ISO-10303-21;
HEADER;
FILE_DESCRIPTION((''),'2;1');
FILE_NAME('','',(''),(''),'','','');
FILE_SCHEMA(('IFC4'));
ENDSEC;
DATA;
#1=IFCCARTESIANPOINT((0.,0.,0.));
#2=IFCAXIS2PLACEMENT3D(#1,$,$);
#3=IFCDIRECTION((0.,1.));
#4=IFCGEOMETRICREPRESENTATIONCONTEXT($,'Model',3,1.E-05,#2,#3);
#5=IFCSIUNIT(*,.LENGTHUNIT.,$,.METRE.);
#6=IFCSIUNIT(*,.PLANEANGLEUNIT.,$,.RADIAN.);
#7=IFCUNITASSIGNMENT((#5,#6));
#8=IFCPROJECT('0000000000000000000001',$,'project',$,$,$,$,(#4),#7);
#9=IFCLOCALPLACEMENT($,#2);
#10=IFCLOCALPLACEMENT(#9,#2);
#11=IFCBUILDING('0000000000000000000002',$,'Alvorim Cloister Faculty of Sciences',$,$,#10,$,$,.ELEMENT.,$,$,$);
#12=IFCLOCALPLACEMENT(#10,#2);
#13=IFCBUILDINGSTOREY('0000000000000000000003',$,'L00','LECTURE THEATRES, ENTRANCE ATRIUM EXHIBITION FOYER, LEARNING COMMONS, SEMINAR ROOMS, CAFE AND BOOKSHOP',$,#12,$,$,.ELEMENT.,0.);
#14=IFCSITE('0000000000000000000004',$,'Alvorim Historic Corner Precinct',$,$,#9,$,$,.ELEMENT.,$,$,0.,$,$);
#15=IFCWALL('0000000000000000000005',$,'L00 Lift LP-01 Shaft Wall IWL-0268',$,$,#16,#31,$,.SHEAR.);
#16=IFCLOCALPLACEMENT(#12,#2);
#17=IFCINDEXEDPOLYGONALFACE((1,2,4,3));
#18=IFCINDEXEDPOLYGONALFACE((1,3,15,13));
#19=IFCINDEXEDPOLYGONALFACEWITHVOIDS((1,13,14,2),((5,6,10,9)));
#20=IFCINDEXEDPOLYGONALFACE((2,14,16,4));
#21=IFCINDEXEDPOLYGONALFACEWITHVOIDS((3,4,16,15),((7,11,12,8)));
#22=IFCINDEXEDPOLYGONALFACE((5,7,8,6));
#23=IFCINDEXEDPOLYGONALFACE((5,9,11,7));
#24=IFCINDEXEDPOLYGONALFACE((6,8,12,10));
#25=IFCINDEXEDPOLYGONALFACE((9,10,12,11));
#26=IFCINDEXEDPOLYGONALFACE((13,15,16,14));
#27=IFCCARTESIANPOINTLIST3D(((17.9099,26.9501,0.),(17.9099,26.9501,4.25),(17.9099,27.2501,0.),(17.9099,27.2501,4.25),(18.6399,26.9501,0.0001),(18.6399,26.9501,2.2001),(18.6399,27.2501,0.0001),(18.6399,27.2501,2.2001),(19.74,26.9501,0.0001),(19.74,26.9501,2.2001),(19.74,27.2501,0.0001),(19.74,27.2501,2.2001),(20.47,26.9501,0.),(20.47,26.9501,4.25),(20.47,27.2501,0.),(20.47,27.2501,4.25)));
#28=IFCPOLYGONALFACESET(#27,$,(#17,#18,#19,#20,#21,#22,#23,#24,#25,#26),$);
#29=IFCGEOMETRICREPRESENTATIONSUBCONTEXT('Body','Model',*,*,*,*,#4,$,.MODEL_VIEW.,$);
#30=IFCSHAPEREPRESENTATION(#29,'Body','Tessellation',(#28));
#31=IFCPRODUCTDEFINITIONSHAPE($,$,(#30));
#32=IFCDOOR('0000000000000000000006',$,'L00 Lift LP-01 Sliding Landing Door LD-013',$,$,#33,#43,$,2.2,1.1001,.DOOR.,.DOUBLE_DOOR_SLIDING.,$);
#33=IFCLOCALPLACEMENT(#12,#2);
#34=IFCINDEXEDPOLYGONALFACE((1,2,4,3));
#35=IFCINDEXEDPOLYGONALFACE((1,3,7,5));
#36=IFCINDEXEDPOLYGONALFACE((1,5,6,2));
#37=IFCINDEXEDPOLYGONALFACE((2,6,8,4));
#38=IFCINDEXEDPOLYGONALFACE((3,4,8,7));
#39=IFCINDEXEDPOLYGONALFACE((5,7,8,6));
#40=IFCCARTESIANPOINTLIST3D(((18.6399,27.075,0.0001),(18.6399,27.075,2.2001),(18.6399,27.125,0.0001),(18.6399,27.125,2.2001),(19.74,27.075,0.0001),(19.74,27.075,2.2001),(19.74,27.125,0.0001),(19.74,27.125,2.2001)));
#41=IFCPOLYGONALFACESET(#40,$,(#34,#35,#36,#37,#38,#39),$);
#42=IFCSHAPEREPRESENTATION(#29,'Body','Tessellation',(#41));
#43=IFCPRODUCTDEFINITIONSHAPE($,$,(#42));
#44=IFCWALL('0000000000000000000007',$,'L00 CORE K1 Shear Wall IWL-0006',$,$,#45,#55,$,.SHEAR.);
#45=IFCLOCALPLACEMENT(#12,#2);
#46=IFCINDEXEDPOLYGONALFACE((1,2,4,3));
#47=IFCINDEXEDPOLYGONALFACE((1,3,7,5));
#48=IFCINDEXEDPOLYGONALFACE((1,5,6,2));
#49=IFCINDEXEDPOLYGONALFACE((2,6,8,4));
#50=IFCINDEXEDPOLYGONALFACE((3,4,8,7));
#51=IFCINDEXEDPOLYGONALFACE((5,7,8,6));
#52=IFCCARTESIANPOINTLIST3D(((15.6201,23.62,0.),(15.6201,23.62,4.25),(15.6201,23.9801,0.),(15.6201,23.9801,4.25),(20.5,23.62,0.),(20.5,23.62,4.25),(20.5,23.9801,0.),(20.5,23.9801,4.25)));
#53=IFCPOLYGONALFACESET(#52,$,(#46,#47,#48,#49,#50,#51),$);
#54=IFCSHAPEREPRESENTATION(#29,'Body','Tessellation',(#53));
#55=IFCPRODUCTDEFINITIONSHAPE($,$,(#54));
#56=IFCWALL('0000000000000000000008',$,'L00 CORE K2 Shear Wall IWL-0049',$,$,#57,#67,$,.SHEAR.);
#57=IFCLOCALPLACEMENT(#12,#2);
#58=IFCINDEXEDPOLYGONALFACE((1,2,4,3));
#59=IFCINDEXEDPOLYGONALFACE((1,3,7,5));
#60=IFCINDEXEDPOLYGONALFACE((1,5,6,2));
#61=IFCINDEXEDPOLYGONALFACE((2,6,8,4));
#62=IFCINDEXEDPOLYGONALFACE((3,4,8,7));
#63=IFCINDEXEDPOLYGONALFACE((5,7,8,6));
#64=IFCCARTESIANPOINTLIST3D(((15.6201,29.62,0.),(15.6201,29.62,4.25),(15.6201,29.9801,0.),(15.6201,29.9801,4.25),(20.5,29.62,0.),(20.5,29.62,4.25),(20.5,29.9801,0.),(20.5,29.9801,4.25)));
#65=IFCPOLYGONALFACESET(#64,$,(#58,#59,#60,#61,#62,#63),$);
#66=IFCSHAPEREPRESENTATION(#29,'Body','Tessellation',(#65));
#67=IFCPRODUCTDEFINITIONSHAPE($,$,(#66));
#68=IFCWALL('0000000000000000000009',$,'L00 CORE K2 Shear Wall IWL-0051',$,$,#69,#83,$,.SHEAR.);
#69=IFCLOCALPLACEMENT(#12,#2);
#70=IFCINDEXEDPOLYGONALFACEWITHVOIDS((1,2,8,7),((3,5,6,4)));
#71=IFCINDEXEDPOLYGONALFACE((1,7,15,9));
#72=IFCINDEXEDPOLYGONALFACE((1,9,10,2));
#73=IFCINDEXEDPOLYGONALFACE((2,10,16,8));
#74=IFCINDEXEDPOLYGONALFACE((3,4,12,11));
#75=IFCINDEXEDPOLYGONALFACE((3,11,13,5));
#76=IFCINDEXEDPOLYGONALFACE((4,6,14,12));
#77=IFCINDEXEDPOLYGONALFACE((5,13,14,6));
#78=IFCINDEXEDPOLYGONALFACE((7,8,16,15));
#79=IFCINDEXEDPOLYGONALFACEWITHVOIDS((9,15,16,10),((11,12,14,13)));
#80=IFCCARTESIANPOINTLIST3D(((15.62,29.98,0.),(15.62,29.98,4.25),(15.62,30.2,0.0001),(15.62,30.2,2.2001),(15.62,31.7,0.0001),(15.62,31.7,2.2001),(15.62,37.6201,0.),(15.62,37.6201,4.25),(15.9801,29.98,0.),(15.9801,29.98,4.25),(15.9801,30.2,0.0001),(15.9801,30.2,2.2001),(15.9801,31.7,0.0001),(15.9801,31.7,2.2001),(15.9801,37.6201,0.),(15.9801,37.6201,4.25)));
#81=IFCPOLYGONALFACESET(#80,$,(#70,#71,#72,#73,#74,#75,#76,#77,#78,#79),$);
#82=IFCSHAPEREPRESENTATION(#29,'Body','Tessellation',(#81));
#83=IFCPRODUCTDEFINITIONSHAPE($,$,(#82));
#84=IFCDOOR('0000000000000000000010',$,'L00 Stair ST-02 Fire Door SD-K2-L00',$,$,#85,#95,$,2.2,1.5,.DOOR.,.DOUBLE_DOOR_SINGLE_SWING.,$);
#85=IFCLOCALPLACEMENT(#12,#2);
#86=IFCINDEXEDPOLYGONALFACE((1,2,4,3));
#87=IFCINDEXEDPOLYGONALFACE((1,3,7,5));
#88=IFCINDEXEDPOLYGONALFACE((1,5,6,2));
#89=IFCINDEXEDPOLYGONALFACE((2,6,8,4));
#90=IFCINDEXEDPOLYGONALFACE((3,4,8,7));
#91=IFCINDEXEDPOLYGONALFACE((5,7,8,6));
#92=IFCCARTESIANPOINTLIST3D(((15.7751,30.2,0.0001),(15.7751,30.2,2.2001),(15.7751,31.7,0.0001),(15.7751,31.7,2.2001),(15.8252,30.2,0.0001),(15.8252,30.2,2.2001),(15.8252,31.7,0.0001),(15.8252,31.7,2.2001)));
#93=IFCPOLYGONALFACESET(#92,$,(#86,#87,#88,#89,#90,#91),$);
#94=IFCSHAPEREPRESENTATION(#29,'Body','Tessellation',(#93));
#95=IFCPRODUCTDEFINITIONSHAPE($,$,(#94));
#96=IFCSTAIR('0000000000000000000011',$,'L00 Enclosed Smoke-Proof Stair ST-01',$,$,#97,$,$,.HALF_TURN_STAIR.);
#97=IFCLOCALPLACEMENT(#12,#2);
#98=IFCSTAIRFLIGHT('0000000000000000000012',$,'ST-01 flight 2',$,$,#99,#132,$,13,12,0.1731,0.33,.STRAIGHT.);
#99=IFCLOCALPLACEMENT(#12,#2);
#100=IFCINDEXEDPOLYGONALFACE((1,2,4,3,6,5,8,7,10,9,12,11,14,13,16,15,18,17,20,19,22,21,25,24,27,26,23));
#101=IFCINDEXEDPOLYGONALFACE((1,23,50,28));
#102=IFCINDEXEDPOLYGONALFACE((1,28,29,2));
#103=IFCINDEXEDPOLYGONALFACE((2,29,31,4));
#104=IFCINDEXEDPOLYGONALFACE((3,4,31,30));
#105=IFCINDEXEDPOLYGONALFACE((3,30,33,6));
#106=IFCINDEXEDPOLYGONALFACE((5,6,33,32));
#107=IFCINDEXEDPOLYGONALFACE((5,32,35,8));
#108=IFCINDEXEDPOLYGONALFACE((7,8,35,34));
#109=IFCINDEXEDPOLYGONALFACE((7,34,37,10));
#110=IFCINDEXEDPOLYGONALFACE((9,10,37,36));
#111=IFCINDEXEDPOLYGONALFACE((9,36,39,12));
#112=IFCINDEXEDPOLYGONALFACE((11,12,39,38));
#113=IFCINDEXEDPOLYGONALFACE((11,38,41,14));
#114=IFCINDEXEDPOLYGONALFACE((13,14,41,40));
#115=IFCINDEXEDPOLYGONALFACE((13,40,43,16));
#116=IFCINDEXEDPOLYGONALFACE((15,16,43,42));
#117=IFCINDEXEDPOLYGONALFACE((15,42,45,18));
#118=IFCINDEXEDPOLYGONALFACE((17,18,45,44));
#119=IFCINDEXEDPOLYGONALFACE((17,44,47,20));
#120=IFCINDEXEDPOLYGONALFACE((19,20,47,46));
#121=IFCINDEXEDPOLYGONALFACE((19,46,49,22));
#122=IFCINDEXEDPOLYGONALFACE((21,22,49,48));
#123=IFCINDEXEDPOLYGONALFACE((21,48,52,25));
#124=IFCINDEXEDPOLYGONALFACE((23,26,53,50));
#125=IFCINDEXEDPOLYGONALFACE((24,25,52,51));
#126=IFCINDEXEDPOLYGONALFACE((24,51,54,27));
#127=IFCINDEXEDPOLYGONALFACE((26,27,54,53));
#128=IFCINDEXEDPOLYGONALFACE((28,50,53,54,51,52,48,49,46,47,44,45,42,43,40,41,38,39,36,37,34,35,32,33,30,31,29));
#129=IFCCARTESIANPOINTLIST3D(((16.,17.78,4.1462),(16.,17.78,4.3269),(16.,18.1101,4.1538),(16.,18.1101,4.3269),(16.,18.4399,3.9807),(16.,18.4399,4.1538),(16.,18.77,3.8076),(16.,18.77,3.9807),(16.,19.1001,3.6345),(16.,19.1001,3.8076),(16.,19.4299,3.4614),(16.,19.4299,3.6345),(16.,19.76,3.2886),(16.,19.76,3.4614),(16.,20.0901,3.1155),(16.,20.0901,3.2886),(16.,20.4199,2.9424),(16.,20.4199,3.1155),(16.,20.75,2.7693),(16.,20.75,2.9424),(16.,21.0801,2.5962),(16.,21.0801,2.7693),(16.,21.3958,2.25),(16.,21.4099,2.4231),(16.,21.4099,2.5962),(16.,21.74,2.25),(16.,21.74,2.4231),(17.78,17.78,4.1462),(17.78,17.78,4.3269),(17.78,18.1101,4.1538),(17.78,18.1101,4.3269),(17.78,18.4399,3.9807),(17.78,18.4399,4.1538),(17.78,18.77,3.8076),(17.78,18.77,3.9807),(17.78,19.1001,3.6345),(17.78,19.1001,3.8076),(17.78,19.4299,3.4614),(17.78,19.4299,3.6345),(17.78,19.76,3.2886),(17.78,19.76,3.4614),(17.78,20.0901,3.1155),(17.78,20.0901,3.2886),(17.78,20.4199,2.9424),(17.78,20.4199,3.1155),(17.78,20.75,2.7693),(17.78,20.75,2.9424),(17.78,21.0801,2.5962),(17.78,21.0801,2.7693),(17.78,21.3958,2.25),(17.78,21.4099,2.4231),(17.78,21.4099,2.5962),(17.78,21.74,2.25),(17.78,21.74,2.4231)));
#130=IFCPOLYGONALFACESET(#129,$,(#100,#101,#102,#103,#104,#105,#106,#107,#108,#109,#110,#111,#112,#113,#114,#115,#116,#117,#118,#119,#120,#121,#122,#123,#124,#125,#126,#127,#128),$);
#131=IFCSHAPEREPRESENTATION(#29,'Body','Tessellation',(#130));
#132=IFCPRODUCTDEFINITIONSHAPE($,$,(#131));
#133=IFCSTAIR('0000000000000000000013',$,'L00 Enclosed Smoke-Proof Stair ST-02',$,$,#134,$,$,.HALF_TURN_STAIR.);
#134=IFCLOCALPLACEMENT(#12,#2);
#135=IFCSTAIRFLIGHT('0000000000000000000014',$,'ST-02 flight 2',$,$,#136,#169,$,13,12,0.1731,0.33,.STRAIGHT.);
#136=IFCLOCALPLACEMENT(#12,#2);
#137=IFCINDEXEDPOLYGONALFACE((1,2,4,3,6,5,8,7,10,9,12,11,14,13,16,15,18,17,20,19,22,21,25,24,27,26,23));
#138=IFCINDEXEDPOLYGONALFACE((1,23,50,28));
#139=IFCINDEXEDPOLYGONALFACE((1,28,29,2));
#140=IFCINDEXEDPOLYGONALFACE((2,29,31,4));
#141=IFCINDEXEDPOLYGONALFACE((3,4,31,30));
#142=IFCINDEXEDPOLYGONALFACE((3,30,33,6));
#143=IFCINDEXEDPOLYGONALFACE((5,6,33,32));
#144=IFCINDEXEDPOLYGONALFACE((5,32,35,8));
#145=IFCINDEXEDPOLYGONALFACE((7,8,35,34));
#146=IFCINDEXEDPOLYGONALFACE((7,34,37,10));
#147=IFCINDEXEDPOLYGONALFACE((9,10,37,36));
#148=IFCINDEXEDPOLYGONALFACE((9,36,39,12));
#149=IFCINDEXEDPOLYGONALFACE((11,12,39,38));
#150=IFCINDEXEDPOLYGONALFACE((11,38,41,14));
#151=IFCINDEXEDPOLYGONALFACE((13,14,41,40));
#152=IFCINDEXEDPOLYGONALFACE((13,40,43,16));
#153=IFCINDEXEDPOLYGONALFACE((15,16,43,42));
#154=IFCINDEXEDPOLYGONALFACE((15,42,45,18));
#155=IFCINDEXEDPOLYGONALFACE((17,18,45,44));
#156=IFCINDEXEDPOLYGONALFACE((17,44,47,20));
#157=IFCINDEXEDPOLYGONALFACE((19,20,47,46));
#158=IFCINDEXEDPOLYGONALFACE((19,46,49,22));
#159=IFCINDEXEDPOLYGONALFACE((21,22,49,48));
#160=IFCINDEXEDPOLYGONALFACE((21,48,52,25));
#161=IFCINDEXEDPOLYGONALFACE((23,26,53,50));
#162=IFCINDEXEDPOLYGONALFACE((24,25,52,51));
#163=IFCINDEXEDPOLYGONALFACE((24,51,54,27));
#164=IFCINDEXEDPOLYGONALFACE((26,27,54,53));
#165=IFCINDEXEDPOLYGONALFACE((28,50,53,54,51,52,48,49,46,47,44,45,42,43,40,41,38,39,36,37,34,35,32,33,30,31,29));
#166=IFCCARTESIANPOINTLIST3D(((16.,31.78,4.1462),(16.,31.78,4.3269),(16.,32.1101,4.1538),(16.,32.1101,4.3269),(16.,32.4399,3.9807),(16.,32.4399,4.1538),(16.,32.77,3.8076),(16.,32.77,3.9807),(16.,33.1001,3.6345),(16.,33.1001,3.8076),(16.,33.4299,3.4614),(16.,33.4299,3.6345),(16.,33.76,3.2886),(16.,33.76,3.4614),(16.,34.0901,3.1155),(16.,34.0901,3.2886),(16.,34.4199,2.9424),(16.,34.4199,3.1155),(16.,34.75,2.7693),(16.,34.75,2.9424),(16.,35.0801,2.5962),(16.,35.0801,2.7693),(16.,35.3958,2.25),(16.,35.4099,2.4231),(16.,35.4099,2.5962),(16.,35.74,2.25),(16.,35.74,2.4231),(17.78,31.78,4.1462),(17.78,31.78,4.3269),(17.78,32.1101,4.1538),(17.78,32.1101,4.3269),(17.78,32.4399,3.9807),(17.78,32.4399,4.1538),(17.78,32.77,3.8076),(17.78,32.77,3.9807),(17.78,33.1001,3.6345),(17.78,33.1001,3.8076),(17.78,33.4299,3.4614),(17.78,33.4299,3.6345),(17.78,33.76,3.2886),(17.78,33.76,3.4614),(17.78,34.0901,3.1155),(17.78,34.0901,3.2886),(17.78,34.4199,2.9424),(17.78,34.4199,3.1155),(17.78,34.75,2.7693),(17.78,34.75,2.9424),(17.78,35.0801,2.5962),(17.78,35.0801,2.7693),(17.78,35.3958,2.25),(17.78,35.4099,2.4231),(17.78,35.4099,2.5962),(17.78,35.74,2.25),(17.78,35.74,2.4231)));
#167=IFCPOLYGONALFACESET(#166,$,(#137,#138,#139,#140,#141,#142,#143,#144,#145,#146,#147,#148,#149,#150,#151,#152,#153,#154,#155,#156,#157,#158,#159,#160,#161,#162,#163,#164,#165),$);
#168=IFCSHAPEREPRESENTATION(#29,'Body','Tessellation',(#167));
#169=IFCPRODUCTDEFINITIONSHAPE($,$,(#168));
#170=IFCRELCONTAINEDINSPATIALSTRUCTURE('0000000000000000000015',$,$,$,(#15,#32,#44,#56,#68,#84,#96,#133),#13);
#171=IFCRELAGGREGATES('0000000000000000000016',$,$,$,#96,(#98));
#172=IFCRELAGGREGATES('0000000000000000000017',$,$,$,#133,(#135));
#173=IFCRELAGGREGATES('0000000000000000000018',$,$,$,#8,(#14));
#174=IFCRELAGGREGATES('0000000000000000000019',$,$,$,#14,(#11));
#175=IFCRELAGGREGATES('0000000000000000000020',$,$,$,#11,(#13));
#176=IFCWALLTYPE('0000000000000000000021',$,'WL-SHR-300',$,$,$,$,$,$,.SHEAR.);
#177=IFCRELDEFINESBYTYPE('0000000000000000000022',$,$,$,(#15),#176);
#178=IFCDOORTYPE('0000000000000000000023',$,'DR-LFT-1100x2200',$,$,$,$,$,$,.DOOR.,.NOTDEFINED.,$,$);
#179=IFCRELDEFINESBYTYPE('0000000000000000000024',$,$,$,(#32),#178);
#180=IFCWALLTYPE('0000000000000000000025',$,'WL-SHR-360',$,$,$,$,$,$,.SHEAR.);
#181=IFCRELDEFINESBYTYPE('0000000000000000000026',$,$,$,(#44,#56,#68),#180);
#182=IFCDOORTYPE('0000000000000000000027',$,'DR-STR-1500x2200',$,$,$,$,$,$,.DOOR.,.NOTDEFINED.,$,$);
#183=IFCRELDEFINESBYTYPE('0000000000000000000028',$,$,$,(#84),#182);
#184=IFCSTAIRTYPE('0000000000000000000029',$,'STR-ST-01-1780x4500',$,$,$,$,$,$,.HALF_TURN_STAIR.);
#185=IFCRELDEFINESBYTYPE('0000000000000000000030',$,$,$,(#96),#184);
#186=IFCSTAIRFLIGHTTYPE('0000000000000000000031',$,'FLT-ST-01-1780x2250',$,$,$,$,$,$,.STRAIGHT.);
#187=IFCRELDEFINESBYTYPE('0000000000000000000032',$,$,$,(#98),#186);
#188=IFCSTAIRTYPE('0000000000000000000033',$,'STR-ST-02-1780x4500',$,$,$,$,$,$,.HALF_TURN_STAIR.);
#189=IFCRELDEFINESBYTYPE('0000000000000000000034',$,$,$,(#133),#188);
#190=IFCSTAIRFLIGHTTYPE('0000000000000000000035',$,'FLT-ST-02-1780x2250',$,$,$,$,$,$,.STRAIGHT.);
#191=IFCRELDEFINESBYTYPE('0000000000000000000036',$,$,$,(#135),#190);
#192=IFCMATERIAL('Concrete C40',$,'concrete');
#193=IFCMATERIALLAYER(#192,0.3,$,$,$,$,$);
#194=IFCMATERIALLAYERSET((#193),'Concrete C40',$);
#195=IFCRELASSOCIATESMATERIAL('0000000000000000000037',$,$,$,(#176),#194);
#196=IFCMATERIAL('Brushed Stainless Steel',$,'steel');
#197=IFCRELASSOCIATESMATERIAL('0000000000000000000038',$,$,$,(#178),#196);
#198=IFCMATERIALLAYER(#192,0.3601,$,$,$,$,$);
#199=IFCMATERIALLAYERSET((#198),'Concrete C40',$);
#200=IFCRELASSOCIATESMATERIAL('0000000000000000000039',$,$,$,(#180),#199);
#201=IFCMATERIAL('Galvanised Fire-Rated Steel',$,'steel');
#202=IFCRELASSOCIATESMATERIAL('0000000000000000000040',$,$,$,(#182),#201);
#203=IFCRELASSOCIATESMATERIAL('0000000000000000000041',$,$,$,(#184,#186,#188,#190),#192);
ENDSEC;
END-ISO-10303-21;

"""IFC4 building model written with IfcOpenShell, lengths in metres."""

from ifc_helpers import new_model, si_unit, direction, frame, frame_2d, origin, place, context, subcontext, project, spatial, polyline, rectangle, outline, extrude, material, layer, layer_set, type_object, element, fill, aggregate, save


model = new_model("IFC4")

# Units and contexts
model_context = context("Model", 3, precision=1e-05, world=origin(), true_north=direction((0.0, 1.0)))
body_context = subcontext(model_context, "Body", "Model", "MODEL_VIEW")
ifc_project = project(units=[si_unit("LENGTHUNIT", "METRE"), si_unit("PLANEANGLEUNIT", "RADIAN")], contexts=[model_context])

# Site, building, storey
site_placement = place(None, origin())
site = spatial("IfcSite", under=ifc_project, at=site_placement, Name="Alvorim Historic Corner Precinct", CompositionType="ELEMENT", RefElevation=0.0)
building_placement = place(site_placement, origin())
building = spatial("IfcBuilding", under=site, at=building_placement, Name="Alvorim Cloister Faculty of Sciences", CompositionType="ELEMENT")
storey_placement = place(building_placement, origin())
storey = spatial("IfcBuildingStorey", under=building, at=storey_placement, Name="L00", Description="LECTURE THEATRES, ENTRANCE ATRIUM EXHIBITION FOYER, LEARNING COMMONS, SEMINAR ROOMS, CAFE AND BOOKSHOP", CompositionType="ELEMENT", Elevation=0.0)

# Shared definitions
ifc_material_1 = material(Name="Concrete C40", Category="concrete")

# Shared definitions
ifc_layer_1 = layer(ifc_material_1, 0.3)
ifc_layer_set_1 = layer_set([ifc_layer_1], Name="Concrete C40")
wall_type_1 = type_object("IfcWallType", Name="WL-SHR-300", PredefinedType="SHEAR", material=ifc_layer_set_1)

# Shared definitions
ifc_material_2 = material(Name="Brushed Stainless Steel", Category="steel")

# Wall, opening, door
wall_1_placement = place(storey_placement, frame((17.9099, 27.1001, 0.0), z_axis=(0.0, 0.0, 1.0), x_axis=(1.0, 0.0, 0.0)))
wall_1 = element("IfcWall", 1, at=wall_1_placement, inside=storey, type_object=wall_type_1, Name="L00 Lift LP-01 Shaft Wall IWL-0268", PredefinedType="SHEAR", context=body_context, shape_type="SweptSolid", body=[
    extrude(rectangle(XDim=2.5601, YDim=0.3, at=frame_2d((1.28, 0.0))), origin(), (0.0, 0.0, 1.0), 4.25),
])
opening_1_placement = place(wall_1_placement, frame((0.73, 0.0, 0.0)))
opening_1 = element("IfcOpeningElement", 2, at=opening_1_placement, cuts=wall_1, PredefinedType="OPENING", context=body_context, shape_type="SweptSolid", body=[
    extrude(rectangle(XDim=1.1001, YDim=2.2, at=frame_2d((0.55, 1.1001))), frame((0.0, 0.1621, 0.0), z_axis=(0.0, -1.0, 0.0), x_axis=(1.0, 0.0, 0.0)), (0.0, 0.0, 1.0), 0.324),
])
door_type_1 = type_object("IfcDoorType", Name="DR-LFT-1100x2200", OperationType="NOTDEFINED", PredefinedType="DOOR", material=ifc_material_2)
door_1_placement = place(opening_1_placement, origin())
door_1 = element("IfcDoor", 3, at=door_1_placement, inside=storey, type_object=door_type_1, Name="L00 Lift LP-01 Sliding Landing Door LD-013", OperationType="DOUBLE_DOOR_SLIDING", OverallHeight=2.2, OverallWidth=1.1001, PredefinedType="DOOR", context=body_context, shape_type="SweptSolid", body=[
    extrude(rectangle(XDim=1.1001, YDim=2.2, at=frame_2d((0.55, 1.1001))), frame((0.0, 0.0249, 0.0), z_axis=(0.0, -1.0, 0.0), x_axis=(1.0, 0.0, 0.0)), (0.0, 0.0, 1.0), 0.05),
])
fill(opening_1, door_1)

# Walls
ifc_layer_2 = layer(ifc_material_1, 0.3601)
ifc_layer_set_2 = layer_set([ifc_layer_2], Name="Concrete C40")
wall_type_2 = type_object("IfcWallType", Name="WL-SHR-360", PredefinedType="SHEAR", material=ifc_layer_set_2)
for number, where, z_axis, x_axis, name in (
    (4, (15.6201, 23.8, 0.0), (0.0, 0.0, 1.0), (1.0, 0.0, 0.0), "L00 CORE K1 Shear Wall IWL-0006"),
    (5, (15.6201, 29.8, 0.0), (0.0, 0.0, 1.0), (1.0, 0.0, 0.0), "L00 CORE K2 Shear Wall IWL-0049"),
):
    element("IfcWall", number, at=place(storey_placement, frame(where, z_axis=z_axis, x_axis=x_axis)), inside=storey, type_object=wall_type_2, Name=name, PredefinedType="SHEAR", context=body_context, shape_type="SweptSolid", body=[
        extrude(rectangle(XDim=4.8799, YDim=0.3601, at=frame_2d((2.4399, 0.0))), origin(), (0.0, 0.0, 1.0), 4.25),
    ])

# Wall, opening, door
wall_2_placement = place(storey_placement, frame((15.8, 29.98, 0.0), z_axis=(0.0, 0.0, 1.0), x_axis=(0.0, 1.0, 0.0)))
wall_2 = element("IfcWall", 6, at=wall_2_placement, inside=storey, type_object=wall_type_2, Name="L00 CORE K2 Shear Wall IWL-0051", PredefinedType="SHEAR", context=body_context, shape_type="SweptSolid", body=[
    extrude(rectangle(XDim=7.6401, YDim=0.3601, at=frame_2d((3.8201, 0.0))), origin(), (0.0, 0.0, 1.0), 4.25),
])
opening_2_placement = place(wall_2_placement, frame((0.22, 0.0, 0.0)))
opening_2 = element("IfcOpeningElement", 7, at=opening_2_placement, cuts=wall_2, PredefinedType="OPENING", context=body_context, shape_type="SweptSolid", body=[
    extrude(rectangle(XDim=1.5, YDim=2.2, at=frame_2d((0.75, 1.1001))), frame((0.0, 0.1919, 0.0), z_axis=(0.0, -1.0, 0.0), x_axis=(1.0, 0.0, 0.0)), (0.0, 0.0, 1.0), 0.384),
])
ifc_material_3 = material(Name="Galvanised Fire-Rated Steel", Category="steel")
door_type_2 = type_object("IfcDoorType", Name="DR-STR-1500x2200", OperationType="NOTDEFINED", PredefinedType="DOOR", material=ifc_material_3)
door_2_placement = place(opening_2_placement, origin())
door_2 = element("IfcDoor", 8, at=door_2_placement, inside=storey, type_object=door_type_2, Name="L00 Stair ST-02 Fire Door SD-K2-L00", OperationType="DOUBLE_DOOR_SINGLE_SWING", OverallHeight=2.2, OverallWidth=1.5, PredefinedType="DOOR", context=body_context, shape_type="SweptSolid", body=[
    extrude(rectangle(XDim=1.5, YDim=2.2, at=frame_2d((0.75, 1.1001))), frame((0.0, 0.0249, 0.0), z_axis=(0.0, -1.0, 0.0), x_axis=(1.0, 0.0, 0.0)), (0.0, 0.0, 1.0), 0.05),
])
fill(opening_2, door_2)

# Stairs, stair flights
stair_type_1 = type_object("IfcStairType", Name="STR-ST-01-1780x4500", PredefinedType="HALF_TURN_STAIR", material=ifc_material_1)
stair_1_placement = place(storey_placement, origin())
stair_1 = element("IfcStair", 9, at=stair_1_placement, inside=storey, type_object=stair_type_1, Name="L00 Enclosed Smoke-Proof Stair ST-01", PredefinedType="HALF_TURN_STAIR")
stair_flight_type_1 = type_object("IfcStairFlightType", Name="FLT-ST-01-1780x2250", PredefinedType="STRAIGHT", material=ifc_material_1)
stair_flight_1_placement = place(storey_placement, frame((16.8899, 21.74, 2.25), z_axis=(0.0, 0.0, 1.0), x_axis=(0.0, -1.0, 0.0)))
stair_flight_1 = element("IfcStairFlight", 10, at=stair_flight_1_placement, type_object=stair_flight_type_1, Name="ST-01 flight 2", NumberOfRisers=13, NumberOfTreads=12, PredefinedType="STRAIGHT", RiserHeight=0.1731, TreadLength=0.33, context=body_context, shape_type="SweptSolid", body=[
    extrude(outline(polyline([(0.3442, 0.0), (3.96, 1.8962), (3.96, 2.25), (3.96, 2.0769), (3.6299, 2.0769), (3.6299, 1.9038), (3.3, 1.9038), (3.3, 1.7307), (2.97, 1.7307), (2.97, 1.5576), (2.6399, 1.5576), (2.6399, 1.3845), (2.3101, 1.3845), (2.3101, 1.2114), (1.98, 1.2114), (1.98, 1.0386), (1.6499, 1.0386), (1.6499, 0.8655), (1.3201, 0.8655), (1.3201, 0.6924), (0.99, 0.6924), (0.99, 0.5193), (0.6599, 0.5193), (0.6599, 0.3462), (0.3301, 0.3462), (0.3301, 0.1731), (0.0, 0.1731), (0.0, 0.0), (0.3442, 0.0)])), frame((0.0, 0.8901, 0.0), z_axis=(0.0, -1.0, 0.0), x_axis=(1.0, 0.0, 0.0)), (0.0, 0.0, 1.0), 1.78),
])
aggregate(stair_1, [stair_flight_1])
stair_type_2 = type_object("IfcStairType", Name="STR-ST-02-1780x4500", PredefinedType="HALF_TURN_STAIR", material=ifc_material_1)
stair_2_placement = place(storey_placement, origin())
stair_2 = element("IfcStair", 11, at=stair_2_placement, inside=storey, type_object=stair_type_2, Name="L00 Enclosed Smoke-Proof Stair ST-02", PredefinedType="HALF_TURN_STAIR")
stair_flight_type_2 = type_object("IfcStairFlightType", Name="FLT-ST-02-1780x2250", PredefinedType="STRAIGHT", material=ifc_material_1)
stair_flight_2_placement = place(storey_placement, frame((16.8899, 35.74, 2.25), z_axis=(0.0, 0.0, 1.0), x_axis=(0.0, -1.0, 0.0)))
stair_flight_2 = element("IfcStairFlight", 12, at=stair_flight_2_placement, type_object=stair_flight_type_2, Name="ST-02 flight 2", NumberOfRisers=13, NumberOfTreads=12, PredefinedType="STRAIGHT", RiserHeight=0.1731, TreadLength=0.33, context=body_context, shape_type="SweptSolid", body=[
    extrude(outline(polyline([(0.3442, 0.0), (3.96, 1.8962), (3.96, 2.25), (3.96, 2.0769), (3.6299, 2.0769), (3.6299, 1.9038), (3.3, 1.9038), (3.3, 1.7307), (2.97, 1.7307), (2.97, 1.5576), (2.6399, 1.5576), (2.6399, 1.3845), (2.3101, 1.3845), (2.3101, 1.2114), (1.98, 1.2114), (1.98, 1.0386), (1.6499, 1.0386), (1.6499, 0.8655), (1.3201, 0.8655), (1.3201, 0.6924), (0.99, 0.6924), (0.99, 0.5193), (0.6599, 0.5193), (0.6599, 0.3462), (0.3301, 0.3462), (0.3301, 0.1731), (0.0, 0.1731), (0.0, 0.0), (0.3442, 0.0)])), frame((0.0, 0.8901, 0.0), z_axis=(0.0, -1.0, 0.0), x_axis=(1.0, 0.0, 0.0)), (0.0, 0.0, 1.0), 1.78),
])
aggregate(stair_2, [stair_flight_2])

save(model, "model.ifc")
